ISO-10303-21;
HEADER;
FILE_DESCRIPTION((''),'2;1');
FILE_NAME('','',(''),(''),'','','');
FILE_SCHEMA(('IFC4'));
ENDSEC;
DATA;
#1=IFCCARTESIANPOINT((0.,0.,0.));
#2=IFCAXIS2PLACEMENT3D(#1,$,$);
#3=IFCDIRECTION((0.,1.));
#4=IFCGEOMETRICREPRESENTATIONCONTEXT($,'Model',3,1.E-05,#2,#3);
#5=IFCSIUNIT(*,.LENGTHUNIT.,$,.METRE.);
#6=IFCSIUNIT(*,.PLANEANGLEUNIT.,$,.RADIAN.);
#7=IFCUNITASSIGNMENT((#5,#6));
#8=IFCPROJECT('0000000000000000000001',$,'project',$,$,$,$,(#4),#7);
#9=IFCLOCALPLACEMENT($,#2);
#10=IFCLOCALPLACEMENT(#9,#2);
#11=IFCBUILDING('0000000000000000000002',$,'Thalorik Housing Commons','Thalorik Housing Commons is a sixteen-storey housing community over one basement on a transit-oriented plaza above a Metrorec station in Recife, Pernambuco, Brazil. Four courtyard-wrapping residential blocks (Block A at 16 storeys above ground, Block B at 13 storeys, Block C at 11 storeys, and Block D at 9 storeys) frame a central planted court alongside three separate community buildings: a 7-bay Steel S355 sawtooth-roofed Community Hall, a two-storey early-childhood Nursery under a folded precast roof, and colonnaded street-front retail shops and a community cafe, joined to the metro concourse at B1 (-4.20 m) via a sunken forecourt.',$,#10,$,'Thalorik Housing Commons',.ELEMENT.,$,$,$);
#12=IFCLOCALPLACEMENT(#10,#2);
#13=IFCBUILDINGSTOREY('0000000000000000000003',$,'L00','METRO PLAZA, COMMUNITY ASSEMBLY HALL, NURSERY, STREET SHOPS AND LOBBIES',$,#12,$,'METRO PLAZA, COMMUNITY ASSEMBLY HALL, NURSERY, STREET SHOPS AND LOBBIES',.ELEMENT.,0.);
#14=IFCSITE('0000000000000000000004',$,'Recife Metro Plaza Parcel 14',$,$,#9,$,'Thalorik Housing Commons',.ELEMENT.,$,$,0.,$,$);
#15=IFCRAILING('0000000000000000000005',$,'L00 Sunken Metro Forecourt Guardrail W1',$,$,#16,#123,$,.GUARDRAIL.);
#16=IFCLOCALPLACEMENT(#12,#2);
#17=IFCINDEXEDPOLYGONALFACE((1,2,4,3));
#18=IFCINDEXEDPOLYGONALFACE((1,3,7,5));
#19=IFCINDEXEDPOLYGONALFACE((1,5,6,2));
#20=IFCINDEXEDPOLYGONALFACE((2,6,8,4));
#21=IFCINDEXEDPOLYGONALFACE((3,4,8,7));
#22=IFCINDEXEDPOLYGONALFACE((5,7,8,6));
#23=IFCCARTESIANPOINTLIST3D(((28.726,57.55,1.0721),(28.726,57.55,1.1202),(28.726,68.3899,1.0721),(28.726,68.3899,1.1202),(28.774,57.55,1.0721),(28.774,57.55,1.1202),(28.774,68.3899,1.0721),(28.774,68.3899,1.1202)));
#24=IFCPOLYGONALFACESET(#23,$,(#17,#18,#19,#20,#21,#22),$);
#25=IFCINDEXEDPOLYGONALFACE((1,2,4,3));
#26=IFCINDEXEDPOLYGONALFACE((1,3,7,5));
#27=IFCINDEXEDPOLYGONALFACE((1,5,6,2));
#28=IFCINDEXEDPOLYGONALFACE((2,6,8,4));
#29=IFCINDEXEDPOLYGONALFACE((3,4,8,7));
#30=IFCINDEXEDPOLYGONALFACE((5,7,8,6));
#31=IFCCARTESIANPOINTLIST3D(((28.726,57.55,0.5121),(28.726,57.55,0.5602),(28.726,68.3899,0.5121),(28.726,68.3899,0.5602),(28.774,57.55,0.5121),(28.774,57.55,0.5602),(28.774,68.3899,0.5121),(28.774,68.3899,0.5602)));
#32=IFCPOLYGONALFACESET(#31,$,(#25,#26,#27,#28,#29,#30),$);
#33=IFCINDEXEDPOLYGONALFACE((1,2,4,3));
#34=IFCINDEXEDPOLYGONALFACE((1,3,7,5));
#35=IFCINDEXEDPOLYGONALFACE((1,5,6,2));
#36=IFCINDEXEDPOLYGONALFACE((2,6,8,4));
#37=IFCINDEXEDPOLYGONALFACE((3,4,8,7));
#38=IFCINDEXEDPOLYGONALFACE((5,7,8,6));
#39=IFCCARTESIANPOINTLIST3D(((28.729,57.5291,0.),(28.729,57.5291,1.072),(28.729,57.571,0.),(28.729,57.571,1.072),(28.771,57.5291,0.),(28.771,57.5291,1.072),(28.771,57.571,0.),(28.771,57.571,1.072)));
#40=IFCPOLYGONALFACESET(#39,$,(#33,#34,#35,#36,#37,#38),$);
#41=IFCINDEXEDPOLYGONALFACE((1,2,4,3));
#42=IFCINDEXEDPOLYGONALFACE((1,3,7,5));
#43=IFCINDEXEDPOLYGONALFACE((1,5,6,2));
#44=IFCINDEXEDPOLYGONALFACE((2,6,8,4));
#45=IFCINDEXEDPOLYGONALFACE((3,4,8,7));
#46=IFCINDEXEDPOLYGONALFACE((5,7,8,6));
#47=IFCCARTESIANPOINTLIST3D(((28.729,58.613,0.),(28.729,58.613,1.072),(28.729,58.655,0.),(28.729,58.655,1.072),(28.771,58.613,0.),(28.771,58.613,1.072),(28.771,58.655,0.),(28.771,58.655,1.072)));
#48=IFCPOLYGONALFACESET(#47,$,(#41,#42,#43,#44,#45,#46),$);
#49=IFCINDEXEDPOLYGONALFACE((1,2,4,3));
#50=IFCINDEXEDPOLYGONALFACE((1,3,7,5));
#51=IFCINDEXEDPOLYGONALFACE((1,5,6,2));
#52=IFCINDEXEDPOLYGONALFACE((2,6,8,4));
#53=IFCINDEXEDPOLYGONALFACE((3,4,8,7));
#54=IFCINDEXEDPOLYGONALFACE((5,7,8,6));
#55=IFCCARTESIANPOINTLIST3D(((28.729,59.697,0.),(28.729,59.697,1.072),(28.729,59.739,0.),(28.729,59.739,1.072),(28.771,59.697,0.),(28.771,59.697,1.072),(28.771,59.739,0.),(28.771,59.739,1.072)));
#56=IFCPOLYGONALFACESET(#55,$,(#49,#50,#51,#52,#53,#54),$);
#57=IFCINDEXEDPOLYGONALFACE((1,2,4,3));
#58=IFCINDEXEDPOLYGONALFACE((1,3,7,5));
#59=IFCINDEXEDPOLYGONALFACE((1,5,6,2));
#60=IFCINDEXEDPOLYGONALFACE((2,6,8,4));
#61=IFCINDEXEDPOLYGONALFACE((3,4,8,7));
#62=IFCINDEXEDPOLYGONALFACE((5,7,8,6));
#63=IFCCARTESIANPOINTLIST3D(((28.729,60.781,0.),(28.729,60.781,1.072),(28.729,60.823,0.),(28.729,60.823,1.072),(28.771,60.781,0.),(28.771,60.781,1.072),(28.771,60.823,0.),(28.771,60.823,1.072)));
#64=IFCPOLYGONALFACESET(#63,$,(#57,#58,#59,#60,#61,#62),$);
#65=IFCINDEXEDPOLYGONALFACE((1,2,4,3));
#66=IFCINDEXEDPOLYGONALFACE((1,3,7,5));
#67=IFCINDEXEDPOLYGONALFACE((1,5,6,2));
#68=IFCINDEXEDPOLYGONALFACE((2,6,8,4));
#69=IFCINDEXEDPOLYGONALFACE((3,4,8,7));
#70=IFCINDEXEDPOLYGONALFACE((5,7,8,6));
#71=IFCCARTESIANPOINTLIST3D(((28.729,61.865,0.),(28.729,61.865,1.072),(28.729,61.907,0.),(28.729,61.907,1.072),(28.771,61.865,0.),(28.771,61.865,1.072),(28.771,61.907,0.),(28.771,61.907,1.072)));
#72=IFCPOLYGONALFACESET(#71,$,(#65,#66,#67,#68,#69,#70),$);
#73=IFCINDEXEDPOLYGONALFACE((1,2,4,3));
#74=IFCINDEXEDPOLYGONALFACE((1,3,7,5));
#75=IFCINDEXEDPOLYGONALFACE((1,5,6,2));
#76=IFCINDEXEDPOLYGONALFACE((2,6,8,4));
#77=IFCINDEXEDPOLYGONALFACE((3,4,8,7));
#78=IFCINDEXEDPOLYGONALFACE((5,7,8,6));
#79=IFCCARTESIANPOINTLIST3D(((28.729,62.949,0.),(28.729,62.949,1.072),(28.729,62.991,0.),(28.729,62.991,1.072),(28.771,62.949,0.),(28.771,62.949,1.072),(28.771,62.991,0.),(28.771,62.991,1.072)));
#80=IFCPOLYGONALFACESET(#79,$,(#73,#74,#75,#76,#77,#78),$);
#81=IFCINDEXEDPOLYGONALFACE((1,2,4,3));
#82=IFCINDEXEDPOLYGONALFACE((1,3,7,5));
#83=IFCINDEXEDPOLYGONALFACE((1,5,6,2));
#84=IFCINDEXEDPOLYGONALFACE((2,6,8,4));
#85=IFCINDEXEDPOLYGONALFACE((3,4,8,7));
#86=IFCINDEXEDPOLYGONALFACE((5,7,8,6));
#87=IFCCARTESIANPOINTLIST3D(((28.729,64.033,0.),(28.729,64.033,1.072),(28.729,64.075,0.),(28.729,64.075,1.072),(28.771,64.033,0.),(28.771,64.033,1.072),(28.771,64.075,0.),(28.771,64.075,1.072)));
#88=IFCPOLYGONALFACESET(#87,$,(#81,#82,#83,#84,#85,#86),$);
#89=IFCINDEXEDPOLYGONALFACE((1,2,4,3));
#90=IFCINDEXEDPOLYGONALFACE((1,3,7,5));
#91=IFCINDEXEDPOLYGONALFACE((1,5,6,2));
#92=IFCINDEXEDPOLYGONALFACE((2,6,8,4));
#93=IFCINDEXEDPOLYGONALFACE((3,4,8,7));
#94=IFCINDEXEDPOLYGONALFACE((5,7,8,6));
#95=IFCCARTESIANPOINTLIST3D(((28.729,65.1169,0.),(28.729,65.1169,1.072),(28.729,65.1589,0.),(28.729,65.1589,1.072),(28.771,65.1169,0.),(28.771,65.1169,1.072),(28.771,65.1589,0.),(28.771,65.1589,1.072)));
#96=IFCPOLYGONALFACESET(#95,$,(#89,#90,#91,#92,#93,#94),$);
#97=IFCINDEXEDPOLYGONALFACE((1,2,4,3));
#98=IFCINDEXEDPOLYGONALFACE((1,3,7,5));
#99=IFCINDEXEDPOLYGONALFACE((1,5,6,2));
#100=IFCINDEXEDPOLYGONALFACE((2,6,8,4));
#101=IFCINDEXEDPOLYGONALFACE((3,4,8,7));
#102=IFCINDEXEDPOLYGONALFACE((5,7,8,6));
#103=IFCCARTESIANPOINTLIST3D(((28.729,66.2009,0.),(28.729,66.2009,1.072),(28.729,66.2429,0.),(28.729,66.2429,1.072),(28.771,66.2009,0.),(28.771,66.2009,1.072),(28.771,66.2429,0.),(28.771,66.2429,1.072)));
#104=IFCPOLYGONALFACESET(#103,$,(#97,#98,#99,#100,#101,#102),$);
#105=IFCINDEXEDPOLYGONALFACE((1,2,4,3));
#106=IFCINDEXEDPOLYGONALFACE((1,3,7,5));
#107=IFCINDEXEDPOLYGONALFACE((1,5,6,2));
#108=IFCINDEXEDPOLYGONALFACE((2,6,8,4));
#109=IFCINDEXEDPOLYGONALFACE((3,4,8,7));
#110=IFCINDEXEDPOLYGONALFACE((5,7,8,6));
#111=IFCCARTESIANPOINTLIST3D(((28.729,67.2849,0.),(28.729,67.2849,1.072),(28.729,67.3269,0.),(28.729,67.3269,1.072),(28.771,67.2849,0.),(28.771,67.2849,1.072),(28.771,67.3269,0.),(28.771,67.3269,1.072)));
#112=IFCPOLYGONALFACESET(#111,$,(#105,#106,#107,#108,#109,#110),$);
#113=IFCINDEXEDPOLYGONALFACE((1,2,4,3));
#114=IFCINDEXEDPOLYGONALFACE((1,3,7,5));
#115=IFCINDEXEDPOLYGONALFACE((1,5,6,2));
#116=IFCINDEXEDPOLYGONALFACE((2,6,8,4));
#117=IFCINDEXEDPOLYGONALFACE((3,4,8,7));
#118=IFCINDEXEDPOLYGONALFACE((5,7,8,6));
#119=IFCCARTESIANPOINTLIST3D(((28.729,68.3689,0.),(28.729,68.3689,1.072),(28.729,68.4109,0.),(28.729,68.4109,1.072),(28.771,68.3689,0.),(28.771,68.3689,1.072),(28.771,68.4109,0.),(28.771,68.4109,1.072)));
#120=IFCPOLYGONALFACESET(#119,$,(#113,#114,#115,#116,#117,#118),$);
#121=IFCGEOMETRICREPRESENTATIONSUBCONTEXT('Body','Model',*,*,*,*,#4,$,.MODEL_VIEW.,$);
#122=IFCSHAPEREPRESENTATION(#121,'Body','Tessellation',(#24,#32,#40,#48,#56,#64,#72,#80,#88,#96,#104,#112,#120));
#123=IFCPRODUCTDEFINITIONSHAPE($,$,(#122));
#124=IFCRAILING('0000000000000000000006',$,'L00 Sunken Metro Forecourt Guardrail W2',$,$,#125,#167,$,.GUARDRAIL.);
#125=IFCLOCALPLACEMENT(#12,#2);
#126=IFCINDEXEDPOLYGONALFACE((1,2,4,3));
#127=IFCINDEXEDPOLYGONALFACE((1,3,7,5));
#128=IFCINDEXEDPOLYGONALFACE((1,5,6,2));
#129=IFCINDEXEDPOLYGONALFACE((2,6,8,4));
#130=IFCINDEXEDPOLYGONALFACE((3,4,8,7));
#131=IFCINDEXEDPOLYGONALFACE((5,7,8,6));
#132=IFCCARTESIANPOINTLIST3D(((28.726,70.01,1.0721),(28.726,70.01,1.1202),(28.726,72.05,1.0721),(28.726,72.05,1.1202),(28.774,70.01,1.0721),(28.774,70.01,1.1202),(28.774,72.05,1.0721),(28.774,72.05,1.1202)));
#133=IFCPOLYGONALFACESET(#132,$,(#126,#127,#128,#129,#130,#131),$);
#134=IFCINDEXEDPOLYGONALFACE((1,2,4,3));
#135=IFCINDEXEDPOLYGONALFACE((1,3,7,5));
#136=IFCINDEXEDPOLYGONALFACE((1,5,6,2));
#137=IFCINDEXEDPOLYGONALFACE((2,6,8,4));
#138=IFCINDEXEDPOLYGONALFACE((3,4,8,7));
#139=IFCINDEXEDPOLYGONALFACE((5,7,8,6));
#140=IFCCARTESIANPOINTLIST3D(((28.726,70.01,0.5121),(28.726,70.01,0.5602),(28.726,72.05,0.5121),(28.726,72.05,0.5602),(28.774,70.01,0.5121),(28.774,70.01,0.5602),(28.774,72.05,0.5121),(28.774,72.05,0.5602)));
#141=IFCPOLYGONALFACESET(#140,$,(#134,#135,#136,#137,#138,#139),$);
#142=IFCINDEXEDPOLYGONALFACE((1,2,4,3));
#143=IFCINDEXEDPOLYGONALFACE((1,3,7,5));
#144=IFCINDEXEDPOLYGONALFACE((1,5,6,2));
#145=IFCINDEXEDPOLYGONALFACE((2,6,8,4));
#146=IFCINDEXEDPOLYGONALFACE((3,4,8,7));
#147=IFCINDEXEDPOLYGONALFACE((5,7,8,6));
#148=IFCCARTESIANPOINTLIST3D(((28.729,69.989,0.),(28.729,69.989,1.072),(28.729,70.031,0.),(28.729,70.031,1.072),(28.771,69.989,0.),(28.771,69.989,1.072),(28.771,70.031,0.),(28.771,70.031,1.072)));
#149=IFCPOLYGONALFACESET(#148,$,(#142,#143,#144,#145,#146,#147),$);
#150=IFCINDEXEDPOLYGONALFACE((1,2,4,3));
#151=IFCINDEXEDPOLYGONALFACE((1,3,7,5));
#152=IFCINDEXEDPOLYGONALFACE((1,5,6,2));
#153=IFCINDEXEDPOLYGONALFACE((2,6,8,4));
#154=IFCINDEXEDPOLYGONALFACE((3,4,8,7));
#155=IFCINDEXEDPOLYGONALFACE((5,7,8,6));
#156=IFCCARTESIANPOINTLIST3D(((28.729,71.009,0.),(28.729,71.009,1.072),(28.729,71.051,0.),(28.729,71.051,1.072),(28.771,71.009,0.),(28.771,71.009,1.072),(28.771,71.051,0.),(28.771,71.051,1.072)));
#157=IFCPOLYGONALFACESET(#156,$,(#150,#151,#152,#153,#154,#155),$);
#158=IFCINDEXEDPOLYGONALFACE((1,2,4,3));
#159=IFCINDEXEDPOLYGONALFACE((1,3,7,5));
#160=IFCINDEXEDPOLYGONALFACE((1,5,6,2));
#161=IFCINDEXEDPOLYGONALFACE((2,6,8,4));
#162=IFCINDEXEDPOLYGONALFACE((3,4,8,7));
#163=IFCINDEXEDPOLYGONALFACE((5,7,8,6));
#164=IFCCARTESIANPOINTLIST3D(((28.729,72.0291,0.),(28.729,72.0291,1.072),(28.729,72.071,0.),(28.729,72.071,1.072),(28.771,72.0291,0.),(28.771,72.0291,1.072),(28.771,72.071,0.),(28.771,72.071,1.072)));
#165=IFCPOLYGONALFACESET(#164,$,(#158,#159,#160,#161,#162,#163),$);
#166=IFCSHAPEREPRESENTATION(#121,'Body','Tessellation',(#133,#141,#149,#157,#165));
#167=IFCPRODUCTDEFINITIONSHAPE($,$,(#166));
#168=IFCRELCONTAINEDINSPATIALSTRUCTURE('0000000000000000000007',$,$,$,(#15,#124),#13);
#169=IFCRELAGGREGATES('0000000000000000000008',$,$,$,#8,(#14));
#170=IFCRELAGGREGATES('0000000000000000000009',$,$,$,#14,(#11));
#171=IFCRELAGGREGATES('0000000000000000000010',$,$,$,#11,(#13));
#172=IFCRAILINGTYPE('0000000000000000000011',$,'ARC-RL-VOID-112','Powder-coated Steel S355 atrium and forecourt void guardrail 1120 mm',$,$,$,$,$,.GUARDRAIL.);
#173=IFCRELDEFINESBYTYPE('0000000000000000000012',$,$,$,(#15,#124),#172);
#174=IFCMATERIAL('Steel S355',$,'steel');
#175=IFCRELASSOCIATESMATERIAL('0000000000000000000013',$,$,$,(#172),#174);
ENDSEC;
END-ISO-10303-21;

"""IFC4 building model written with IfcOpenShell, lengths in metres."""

from ifc_helpers import new_model, si_unit, direction, frame, origin, origin_2d, place, context, subcontext, project, spatial, rectangle, extrude, material, type_object, element, save


model = new_model("IFC4")

# Units and contexts
model_context = context("Model", 3, precision=1e-05, world=origin(), true_north=direction((0.0, 1.0)))
body_context = subcontext(model_context, "Body", "Model", "MODEL_VIEW")
ifc_project = project(units=[si_unit("LENGTHUNIT", "METRE"), si_unit("PLANEANGLEUNIT", "RADIAN")], contexts=[model_context])

# Site, building, storey
site_placement = place(None, origin())
site = spatial("IfcSite", under=ifc_project, at=site_placement, Name="Recife Metro Plaza Parcel 14", LongName="Thalorik Housing Commons", CompositionType="ELEMENT", RefElevation=0.0)
building_placement = place(site_placement, origin())
building = spatial("IfcBuilding", under=site, at=building_placement, Name="Thalorik Housing Commons", Description="Thalorik Housing Commons is a sixteen-storey housing community over one basement on a transit-oriented plaza above a Metrorec station in Recife, Pernambuco, Brazil. Four courtyard-wrapping residential blocks (Block A at 16 storeys above ground, Block B at 13 storeys, Block C at 11 storeys, and Block D at 9 storeys) frame a central planted court alongside three separate community buildings: a 7-bay Steel S355 sawtooth-roofed Community Hall, a two-storey early-childhood Nursery under a folded precast roof, and colonnaded street-front retail shops and a community cafe, joined to the metro concourse at B1 (-4.20 m) via a sunken forecourt.", LongName="Thalorik Housing Commons", CompositionType="ELEMENT")
storey_placement = place(building_placement, origin())
storey = spatial("IfcBuildingStorey", under=building, at=storey_placement, Name="L00", Description="METRO PLAZA, COMMUNITY ASSEMBLY HALL, NURSERY, STREET SHOPS AND LOBBIES", LongName="METRO PLAZA, COMMUNITY ASSEMBLY HALL, NURSERY, STREET SHOPS AND LOBBIES", CompositionType="ELEMENT", Elevation=0.0)

# Railings
ifc_material_1 = material(Name="Steel S355", Category="steel")
railing_type_1 = type_object("IfcRailingType", Name="ARC-RL-VOID-112", Description="Powder-coated Steel S355 atrium and forecourt void guardrail 1120 mm", PredefinedType="GUARDRAIL", material=ifc_material_1)
railing_1_placement = place(storey_placement, frame((28.75, 57.55, 0.0)))
element("IfcRailing", 1, at=railing_1_placement, inside=storey, type_object=railing_type_1, Name="L00 Sunken Metro Forecourt Guardrail W1", PredefinedType="GUARDRAIL", context=body_context, shape_type="SweptSolid", body=[
    extrude(rectangle(XDim=0.0481, YDim=0.0481, at=origin_2d()), frame((0.0, 0.0, 1.0962), z_axis=(0.0, 1.0, 0.0), x_axis=(-1.0, 0.0, 0.0)), (0.0, 0.0, 1.0), 10.8398),
    extrude(rectangle(XDim=0.0481, YDim=0.0481, at=origin_2d()), frame((0.0, 0.0, 0.5361), z_axis=(0.0, 1.0, 0.0), x_axis=(-1.0, 0.0, 0.0)), (0.0, 0.0, 1.0), 10.8398),
    extrude(rectangle(XDim=0.042, YDim=0.042, at=origin_2d()), origin(), (0.0, 0.0, 1.0), 1.072),
    extrude(rectangle(XDim=0.042, YDim=0.042, at=origin_2d()), frame((0.0, 1.084, 0.0)), (0.0, 0.0, 1.0), 1.072),
    extrude(rectangle(XDim=0.042, YDim=0.042, at=origin_2d()), frame((0.0, 2.168, 0.0)), (0.0, 0.0, 1.0), 1.072),
    extrude(rectangle(XDim=0.042, YDim=0.042, at=origin_2d()), frame((0.0, 3.252, 0.0)), (0.0, 0.0, 1.0), 1.072),
    extrude(rectangle(XDim=0.042, YDim=0.042, at=origin_2d()), frame((0.0, 4.3359, 0.0)), (0.0, 0.0, 1.0), 1.072),
    extrude(rectangle(XDim=0.042, YDim=0.042, at=origin_2d()), frame((0.0, 5.4199, 0.0)), (0.0, 0.0, 1.0), 1.072),
    extrude(rectangle(XDim=0.042, YDim=0.042, at=origin_2d()), frame((0.0, 6.5039, 0.0)), (0.0, 0.0, 1.0), 1.072),
    extrude(rectangle(XDim=0.042, YDim=0.042, at=origin_2d()), frame((0.0, 7.5879, 0.0)), (0.0, 0.0, 1.0), 1.072),
    extrude(rectangle(XDim=0.042, YDim=0.042, at=origin_2d()), frame((0.0, 8.6719, 0.0)), (0.0, 0.0, 1.0), 1.072),
    extrude(rectangle(XDim=0.042, YDim=0.042, at=origin_2d()), frame((0.0, 9.7559, 0.0)), (0.0, 0.0, 1.0), 1.072),
    extrude(rectangle(XDim=0.042, YDim=0.042, at=origin_2d()), frame((0.0, 10.8398, 0.0)), (0.0, 0.0, 1.0), 1.072),
])
railing_2_placement = place(storey_placement, frame((28.75, 70.01, 0.0)))
element("IfcRailing", 2, at=railing_2_placement, inside=storey, type_object=railing_type_1, Name="L00 Sunken Metro Forecourt Guardrail W2", PredefinedType="GUARDRAIL", context=body_context, shape_type="SweptSolid", body=[
    extrude(rectangle(XDim=0.0481, YDim=0.0481, at=origin_2d()), frame((0.0, 0.0, 1.0962), z_axis=(0.0, 1.0, 0.0), x_axis=(-1.0, 0.0, 0.0)), (0.0, 0.0, 1.0), 2.04),
    extrude(rectangle(XDim=0.0481, YDim=0.0481, at=origin_2d()), frame((0.0, 0.0, 0.5361), z_axis=(0.0, 1.0, 0.0), x_axis=(-1.0, 0.0, 0.0)), (0.0, 0.0, 1.0), 2.04),
    extrude(rectangle(XDim=0.042, YDim=0.042, at=origin_2d()), origin(), (0.0, 0.0, 1.0), 1.072),
    extrude(rectangle(XDim=0.042, YDim=0.042, at=origin_2d()), frame((0.0, 1.02, 0.0)), (0.0, 0.0, 1.0), 1.072),
    extrude(rectangle(XDim=0.042, YDim=0.042, at=origin_2d()), frame((0.0, 2.04, 0.0)), (0.0, 0.0, 1.0), 1.072),
])

save(model, "model.ifc")
